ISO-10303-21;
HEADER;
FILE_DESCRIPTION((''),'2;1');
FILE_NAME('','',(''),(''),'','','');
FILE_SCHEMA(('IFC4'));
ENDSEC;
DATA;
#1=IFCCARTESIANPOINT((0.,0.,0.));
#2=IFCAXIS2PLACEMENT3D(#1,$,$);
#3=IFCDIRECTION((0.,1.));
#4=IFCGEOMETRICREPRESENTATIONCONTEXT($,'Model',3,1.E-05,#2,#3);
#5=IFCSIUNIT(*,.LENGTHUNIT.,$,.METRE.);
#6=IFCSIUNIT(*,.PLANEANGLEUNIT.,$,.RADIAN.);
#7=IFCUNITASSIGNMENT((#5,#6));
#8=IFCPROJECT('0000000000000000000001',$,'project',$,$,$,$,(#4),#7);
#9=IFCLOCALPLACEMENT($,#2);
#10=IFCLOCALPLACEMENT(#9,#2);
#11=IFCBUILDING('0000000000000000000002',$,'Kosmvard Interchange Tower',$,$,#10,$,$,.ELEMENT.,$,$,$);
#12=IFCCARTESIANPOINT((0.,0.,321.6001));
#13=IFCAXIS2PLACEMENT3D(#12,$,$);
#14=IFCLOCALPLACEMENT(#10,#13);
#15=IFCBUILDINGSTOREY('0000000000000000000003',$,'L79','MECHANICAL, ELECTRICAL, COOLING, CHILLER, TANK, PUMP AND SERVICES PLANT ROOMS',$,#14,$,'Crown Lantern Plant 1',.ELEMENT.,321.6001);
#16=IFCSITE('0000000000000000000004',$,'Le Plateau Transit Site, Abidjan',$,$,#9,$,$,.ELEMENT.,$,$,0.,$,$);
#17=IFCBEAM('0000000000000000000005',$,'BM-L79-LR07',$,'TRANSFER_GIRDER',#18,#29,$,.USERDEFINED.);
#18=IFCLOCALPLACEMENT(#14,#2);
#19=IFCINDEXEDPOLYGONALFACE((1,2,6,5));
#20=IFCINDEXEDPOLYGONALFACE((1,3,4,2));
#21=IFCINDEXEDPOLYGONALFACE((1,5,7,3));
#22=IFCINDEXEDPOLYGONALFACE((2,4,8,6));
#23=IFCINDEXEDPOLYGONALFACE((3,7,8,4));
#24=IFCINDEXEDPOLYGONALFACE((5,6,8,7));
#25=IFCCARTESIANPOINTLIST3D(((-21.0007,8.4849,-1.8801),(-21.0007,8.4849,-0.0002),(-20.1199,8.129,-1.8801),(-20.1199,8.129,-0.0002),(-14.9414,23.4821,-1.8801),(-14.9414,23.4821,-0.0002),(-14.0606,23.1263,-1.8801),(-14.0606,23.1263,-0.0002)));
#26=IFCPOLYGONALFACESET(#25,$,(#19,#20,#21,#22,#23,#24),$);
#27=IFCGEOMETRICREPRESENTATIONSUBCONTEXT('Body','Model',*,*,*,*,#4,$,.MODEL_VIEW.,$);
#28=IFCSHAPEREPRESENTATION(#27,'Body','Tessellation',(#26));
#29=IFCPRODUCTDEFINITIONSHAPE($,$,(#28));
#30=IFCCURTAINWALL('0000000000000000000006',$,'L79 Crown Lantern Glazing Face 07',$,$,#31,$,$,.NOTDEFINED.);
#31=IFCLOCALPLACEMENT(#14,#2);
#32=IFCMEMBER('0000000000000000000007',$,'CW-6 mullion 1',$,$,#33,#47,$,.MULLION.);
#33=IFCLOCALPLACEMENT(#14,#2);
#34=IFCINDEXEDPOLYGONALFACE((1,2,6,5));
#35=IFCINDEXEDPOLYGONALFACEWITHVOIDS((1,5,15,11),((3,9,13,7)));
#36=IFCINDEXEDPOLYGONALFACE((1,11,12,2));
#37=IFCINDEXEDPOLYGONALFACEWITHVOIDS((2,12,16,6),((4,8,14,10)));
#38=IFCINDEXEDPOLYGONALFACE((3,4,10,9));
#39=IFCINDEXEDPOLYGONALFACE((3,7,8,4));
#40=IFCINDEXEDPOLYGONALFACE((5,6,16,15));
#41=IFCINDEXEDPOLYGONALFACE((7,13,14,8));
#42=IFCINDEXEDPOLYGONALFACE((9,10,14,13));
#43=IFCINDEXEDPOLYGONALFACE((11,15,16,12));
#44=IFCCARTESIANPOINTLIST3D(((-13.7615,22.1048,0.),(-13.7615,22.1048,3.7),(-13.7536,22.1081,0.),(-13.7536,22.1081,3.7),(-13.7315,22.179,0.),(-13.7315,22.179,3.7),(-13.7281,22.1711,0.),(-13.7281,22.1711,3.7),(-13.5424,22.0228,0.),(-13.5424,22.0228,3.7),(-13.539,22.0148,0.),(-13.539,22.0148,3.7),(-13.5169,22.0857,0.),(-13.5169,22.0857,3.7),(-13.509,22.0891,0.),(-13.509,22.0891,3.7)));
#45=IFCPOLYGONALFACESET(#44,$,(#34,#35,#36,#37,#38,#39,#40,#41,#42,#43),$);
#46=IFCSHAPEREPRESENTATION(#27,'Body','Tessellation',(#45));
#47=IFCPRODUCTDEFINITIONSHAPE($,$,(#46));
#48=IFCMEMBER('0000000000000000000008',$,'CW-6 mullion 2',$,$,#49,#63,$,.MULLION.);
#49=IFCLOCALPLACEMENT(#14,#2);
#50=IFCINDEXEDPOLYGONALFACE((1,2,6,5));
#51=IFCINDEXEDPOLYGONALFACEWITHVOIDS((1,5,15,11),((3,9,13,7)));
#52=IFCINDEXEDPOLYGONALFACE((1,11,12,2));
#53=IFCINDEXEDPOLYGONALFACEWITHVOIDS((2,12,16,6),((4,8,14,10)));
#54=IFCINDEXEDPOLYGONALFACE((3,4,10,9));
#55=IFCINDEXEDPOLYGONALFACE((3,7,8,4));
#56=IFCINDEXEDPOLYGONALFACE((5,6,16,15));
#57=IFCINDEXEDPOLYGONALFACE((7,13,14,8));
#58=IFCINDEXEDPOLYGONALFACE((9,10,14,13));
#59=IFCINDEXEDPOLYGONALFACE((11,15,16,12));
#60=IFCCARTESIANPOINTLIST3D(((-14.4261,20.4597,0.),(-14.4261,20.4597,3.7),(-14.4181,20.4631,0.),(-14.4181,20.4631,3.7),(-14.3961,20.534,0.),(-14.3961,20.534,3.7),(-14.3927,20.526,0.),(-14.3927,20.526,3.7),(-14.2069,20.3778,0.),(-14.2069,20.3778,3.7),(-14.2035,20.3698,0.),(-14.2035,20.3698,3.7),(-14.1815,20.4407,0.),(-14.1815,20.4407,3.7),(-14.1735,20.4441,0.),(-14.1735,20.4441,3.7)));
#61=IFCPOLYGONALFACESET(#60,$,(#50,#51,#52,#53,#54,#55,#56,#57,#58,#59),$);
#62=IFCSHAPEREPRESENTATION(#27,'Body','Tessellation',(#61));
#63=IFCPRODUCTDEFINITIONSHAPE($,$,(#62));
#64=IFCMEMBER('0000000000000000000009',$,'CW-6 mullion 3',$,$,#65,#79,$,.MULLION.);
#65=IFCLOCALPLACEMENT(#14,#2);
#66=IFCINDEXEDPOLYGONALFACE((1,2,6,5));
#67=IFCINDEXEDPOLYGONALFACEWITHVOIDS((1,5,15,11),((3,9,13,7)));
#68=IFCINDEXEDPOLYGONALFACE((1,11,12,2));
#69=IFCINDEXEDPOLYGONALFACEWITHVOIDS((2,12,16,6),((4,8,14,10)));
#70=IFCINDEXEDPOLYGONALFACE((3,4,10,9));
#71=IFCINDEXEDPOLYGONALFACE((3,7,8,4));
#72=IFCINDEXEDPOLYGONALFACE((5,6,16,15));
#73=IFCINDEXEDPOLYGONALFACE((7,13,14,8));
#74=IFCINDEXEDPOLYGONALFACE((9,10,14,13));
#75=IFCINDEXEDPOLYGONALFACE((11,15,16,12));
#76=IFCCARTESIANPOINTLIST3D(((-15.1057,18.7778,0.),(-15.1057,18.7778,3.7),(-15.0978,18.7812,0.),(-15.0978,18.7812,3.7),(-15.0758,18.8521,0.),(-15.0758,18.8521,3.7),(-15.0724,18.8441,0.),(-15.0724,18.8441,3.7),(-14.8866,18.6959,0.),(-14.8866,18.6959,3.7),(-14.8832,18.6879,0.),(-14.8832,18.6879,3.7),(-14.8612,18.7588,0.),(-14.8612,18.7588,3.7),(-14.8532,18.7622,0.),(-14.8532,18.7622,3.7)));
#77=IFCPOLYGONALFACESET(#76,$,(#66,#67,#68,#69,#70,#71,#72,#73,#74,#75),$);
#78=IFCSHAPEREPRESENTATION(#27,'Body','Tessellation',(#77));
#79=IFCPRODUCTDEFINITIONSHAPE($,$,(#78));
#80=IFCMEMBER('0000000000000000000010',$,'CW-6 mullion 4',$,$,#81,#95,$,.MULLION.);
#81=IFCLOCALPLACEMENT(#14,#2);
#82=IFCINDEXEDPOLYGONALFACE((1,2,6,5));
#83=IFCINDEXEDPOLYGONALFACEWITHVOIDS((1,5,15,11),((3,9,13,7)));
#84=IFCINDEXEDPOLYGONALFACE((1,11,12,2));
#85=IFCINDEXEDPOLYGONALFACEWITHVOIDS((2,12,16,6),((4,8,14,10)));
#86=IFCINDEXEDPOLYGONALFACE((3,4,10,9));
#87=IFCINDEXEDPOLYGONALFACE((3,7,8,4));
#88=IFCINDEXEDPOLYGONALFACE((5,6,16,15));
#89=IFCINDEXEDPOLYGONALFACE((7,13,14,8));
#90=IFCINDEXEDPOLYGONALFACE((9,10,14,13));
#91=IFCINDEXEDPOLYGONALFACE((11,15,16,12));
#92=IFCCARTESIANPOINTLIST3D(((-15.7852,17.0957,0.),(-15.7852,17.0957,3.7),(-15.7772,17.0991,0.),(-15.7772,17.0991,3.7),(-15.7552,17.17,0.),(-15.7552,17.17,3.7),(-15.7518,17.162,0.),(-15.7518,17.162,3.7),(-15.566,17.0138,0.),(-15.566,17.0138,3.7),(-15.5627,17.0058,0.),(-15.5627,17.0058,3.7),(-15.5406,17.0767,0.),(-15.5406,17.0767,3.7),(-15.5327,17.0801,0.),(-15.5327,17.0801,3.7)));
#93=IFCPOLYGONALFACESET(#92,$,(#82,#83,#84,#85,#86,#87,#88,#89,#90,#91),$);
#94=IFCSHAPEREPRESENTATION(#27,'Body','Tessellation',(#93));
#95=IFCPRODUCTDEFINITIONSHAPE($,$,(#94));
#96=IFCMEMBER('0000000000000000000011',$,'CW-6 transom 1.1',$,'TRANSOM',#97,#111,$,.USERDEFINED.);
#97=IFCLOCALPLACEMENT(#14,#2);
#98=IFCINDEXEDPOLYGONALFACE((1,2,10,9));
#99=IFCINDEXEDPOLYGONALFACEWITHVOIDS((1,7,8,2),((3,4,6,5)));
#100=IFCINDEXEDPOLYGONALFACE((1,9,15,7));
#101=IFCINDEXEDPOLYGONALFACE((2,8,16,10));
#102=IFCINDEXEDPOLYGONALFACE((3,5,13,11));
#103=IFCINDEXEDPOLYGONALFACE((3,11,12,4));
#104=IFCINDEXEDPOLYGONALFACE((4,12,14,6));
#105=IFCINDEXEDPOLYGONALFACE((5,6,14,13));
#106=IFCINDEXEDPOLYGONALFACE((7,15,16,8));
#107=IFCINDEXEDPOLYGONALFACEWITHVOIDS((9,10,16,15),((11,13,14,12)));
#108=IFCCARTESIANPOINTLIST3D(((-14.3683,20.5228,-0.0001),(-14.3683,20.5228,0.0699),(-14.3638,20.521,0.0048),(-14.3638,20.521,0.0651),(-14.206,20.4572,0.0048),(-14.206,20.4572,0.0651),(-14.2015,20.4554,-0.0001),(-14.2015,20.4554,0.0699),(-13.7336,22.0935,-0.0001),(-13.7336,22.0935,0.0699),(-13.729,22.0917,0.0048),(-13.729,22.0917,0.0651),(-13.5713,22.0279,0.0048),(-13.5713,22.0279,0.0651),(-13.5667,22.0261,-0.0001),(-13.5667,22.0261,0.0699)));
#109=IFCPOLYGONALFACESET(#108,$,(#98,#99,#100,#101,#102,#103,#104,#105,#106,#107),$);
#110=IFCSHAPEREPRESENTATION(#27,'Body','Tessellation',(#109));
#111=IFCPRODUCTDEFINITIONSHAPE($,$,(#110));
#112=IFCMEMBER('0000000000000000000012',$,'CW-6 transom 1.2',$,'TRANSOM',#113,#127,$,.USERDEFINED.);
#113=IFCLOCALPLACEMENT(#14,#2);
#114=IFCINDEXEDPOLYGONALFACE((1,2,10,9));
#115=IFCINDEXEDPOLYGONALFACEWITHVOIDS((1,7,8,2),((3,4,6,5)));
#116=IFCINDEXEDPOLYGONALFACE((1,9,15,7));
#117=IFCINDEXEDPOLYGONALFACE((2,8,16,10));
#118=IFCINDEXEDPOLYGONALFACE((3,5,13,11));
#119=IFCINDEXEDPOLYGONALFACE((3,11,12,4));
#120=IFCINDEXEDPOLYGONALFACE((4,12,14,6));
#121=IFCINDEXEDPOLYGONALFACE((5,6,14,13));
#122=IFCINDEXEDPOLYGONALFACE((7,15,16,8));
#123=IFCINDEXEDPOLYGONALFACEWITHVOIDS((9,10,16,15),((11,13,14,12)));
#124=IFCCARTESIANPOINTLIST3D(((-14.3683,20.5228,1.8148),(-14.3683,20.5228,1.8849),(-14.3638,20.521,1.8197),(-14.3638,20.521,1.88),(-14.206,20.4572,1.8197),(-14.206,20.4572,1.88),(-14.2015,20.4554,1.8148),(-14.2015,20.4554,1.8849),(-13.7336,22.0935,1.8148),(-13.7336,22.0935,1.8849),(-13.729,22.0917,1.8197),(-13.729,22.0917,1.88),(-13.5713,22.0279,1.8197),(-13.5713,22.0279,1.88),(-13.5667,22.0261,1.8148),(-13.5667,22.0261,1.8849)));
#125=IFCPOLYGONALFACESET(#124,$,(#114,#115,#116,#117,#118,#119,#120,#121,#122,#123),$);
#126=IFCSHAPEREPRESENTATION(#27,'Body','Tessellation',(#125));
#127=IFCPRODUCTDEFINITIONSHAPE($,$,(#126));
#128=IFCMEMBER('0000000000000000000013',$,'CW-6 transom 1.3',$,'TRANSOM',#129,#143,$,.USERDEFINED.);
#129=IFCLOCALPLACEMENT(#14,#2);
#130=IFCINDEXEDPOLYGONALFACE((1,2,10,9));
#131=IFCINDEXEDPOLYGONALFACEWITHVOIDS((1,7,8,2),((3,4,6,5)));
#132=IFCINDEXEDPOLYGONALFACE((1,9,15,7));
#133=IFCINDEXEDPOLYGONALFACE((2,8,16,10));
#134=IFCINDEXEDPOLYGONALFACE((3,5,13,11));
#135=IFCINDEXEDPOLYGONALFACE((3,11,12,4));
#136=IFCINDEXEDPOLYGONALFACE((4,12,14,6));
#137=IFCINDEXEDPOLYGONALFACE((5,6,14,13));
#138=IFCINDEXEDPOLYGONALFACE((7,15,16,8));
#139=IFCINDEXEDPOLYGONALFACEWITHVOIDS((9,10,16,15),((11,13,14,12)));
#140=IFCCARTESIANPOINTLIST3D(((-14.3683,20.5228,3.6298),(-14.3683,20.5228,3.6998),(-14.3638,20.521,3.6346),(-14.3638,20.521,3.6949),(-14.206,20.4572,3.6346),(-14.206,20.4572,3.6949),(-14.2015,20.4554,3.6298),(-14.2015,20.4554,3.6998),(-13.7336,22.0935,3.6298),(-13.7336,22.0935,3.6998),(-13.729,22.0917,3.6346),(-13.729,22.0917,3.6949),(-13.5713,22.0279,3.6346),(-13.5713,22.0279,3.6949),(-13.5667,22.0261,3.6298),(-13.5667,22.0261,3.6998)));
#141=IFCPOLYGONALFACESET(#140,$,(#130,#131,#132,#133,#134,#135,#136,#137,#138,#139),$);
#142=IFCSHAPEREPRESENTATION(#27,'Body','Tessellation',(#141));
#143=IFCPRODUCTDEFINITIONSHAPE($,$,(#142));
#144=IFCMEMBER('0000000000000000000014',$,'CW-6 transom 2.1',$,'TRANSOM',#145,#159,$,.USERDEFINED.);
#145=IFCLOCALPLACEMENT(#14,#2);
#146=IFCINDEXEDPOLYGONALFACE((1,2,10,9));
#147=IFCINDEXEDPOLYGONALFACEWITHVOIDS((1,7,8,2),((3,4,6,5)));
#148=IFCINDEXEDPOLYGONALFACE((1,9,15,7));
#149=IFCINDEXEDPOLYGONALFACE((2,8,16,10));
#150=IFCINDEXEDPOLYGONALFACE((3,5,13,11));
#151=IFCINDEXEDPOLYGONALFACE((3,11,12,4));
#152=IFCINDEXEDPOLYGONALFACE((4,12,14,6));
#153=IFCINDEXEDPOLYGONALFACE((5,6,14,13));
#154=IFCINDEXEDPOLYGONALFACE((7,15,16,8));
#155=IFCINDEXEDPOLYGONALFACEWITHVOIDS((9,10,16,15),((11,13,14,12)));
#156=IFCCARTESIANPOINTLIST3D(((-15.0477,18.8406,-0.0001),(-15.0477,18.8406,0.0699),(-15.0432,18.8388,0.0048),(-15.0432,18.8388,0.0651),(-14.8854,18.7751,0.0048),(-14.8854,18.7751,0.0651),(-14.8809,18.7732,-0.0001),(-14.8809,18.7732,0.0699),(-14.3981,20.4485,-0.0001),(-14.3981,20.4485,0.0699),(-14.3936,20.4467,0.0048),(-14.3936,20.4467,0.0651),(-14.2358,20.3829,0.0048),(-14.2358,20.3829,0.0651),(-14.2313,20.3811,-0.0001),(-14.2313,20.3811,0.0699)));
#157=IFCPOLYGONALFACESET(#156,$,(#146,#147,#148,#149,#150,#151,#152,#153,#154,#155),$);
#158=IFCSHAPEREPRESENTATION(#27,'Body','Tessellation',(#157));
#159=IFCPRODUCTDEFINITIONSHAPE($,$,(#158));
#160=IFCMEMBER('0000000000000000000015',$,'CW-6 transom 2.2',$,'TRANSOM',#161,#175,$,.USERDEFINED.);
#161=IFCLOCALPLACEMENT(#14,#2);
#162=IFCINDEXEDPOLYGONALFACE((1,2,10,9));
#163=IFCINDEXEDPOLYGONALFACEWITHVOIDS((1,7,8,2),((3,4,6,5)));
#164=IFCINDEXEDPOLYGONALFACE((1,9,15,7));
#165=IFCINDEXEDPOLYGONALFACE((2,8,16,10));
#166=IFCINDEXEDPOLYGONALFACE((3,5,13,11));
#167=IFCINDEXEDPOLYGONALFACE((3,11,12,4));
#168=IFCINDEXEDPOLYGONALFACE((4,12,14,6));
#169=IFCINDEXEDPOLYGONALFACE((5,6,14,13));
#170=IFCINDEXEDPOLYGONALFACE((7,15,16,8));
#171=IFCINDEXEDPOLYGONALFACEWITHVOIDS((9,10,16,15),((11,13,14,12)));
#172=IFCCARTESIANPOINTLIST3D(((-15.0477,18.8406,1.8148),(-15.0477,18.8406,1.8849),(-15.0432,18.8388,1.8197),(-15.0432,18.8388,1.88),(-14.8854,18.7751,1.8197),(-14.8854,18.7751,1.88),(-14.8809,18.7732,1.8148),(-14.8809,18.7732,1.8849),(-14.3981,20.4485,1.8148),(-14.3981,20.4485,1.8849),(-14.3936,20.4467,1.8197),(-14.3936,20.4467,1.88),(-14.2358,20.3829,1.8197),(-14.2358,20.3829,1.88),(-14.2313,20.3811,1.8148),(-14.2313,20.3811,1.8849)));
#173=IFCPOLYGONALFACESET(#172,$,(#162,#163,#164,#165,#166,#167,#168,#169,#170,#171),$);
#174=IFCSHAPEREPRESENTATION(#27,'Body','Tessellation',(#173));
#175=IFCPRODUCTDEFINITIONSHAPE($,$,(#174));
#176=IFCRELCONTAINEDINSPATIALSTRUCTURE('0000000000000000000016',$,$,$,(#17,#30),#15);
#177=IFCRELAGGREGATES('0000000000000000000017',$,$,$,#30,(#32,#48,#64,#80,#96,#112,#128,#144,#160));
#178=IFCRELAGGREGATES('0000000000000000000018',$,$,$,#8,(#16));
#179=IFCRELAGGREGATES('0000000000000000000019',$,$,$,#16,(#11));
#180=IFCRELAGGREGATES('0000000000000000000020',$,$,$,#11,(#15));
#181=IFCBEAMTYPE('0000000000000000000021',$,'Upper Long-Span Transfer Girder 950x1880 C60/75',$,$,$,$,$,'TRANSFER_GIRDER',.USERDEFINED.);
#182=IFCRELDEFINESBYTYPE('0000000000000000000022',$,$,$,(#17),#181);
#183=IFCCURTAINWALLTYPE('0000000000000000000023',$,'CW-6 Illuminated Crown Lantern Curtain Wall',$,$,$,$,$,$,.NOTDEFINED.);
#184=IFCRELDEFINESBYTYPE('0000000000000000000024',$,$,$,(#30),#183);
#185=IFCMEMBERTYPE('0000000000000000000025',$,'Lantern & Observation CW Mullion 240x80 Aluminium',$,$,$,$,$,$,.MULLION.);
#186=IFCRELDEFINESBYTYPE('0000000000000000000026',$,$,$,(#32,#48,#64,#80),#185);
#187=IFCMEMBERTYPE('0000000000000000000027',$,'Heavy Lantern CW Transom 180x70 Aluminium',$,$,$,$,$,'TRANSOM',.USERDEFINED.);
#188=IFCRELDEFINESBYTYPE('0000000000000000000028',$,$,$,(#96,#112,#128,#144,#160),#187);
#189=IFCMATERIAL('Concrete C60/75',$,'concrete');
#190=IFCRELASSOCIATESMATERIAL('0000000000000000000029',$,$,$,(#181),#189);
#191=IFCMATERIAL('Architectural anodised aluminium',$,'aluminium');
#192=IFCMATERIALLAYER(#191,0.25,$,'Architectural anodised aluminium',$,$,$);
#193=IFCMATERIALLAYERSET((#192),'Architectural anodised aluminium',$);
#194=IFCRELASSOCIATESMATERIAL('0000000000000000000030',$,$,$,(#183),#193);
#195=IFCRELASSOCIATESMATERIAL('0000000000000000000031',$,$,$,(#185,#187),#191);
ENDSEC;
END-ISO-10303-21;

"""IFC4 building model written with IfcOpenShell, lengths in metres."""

from ifc_helpers import new_model, si_unit, direction, frame, origin, origin_2d, place, context, subcontext, project, spatial, rectangle, hollow_rectangle, extrude, source, transform, mapped, material, layer, layer_set, material_profile, profile_set, type_object, element, aggregate, save


model = new_model("IFC4")

# Units and contexts
model_context = context("Model", 3, precision=1e-05, world=origin(), true_north=direction((0.0, 1.0)))
body_context = subcontext(model_context, "Body", "Model", "MODEL_VIEW")
ifc_project = project(units=[si_unit("LENGTHUNIT", "METRE"), si_unit("PLANEANGLEUNIT", "RADIAN")], contexts=[model_context])

# Site, building, storey
site_placement = place(None, origin())
site = spatial("IfcSite", under=ifc_project, at=site_placement, Name="Le Plateau Transit Site, Abidjan", CompositionType="ELEMENT", RefElevation=0.0)
building_placement = place(site_placement, origin())
building = spatial("IfcBuilding", under=site, at=building_placement, Name="Kosmvard Interchange Tower", CompositionType="ELEMENT")
storey_placement = place(building_placement, frame((0.0, 0.0, 321.6001)))
storey = spatial("IfcBuildingStorey", under=building, at=storey_placement, Name="L79", Description="MECHANICAL, ELECTRICAL, COOLING, CHILLER, TANK, PUMP AND SERVICES PLANT ROOMS", LongName="Crown Lantern Plant 1", CompositionType="ELEMENT", Elevation=321.6001)

# Beam
ifc_material_1 = material(Name="Concrete C60/75", Category="concrete")
ifc_material_profile_1 = material_profile(ifc_material_1, rectangle(XDim=0.95, YDim=1.8799, at=origin_2d()), Name="TG 950x1880")
ifc_profile_set_1 = profile_set([ifc_material_profile_1], Name="Concrete C60/75")
beam_type = type_object("IfcBeamType", Name="Upper Long-Span Transfer Girder 950x1880 C60/75", ElementType="TRANSFER_GIRDER", PredefinedType="USERDEFINED", material=ifc_profile_set_1)
shared_shape_1 = source(origin(), body_context, "Body", "SweptSolid", [
    extrude(rectangle(XDim=0.95, YDim=1.8799, at=origin_2d()), origin(), (0.0, 0.0, 1.0), 16.175),
])
beam_placement = place(storey_placement, frame((-14.501, 23.3042, -0.9402), z_axis=(-0.374608, -0.927183, 0.0), x_axis=(0.927183, -0.374608, 0.0)))
element("IfcBeam", 1, at=beam_placement, inside=storey, type_object=beam_type, Name="BM-L79-LR07", ObjectType="TRANSFER_GIRDER", PredefinedType="USERDEFINED", context=body_context, shape_type="MappedRepresentation", body=[
    mapped(shared_shape_1, transform((0.0, 0.0, 0.0), scale=1.0)),
])

# Curtain wall, members
ifc_material_2 = material(Name="Architectural anodised aluminium", Category="aluminium")
ifc_layer_1 = layer(ifc_material_2, 0.25, Name="Architectural anodised aluminium")
ifc_layer_set_1 = layer_set([ifc_layer_1], Name="Architectural anodised aluminium")
curtain_wall_type = type_object("IfcCurtainWallType", Name="CW-6 Illuminated Crown Lantern Curtain Wall", PredefinedType="NOTDEFINED", material=ifc_layer_set_1)
curtain_wall_placement = place(storey_placement, origin())
curtain_wall = element("IfcCurtainWall", 2, at=curtain_wall_placement, inside=storey, type_object=curtain_wall_type, Name="L79 Crown Lantern Glazing Face 07", PredefinedType="NOTDEFINED")
ifc_material_profile_2 = material_profile(ifc_material_2, hollow_rectangle(XDim=0.24, YDim=0.0801, WallThickness=0.0061, at=origin_2d()), Name="CWM 240x80x6")
ifc_profile_set_2 = profile_set([ifc_material_profile_2], Name="Architectural anodised aluminium")
member_type_1 = type_object("IfcMemberType", Name="Lantern & Observation CW Mullion 240x80 Aluminium", PredefinedType="MULLION", material=ifc_profile_set_2)
shared_shape_2 = source(origin(), body_context, "Body", "SweptSolid", [
    extrude(hollow_rectangle(XDim=0.24, YDim=0.0801, WallThickness=0.0061, at=origin_2d()), origin(), (0.0, 0.0, 1.0), 3.7),
])
member_1_placement = place(storey_placement, frame((-13.6353, 22.0969, 0.0), z_axis=(0.0, 0.0, 1.0), x_axis=(0.927184, -0.374607, 0.0)))
member_1 = element("IfcMember", 3, at=member_1_placement, type_object=member_type_1, Name="CW-6 mullion 1", PredefinedType="MULLION", context=body_context, shape_type="MappedRepresentation", body=[
    mapped(shared_shape_2, transform((0.0, 0.0, 0.0), scale=1.0)),
])
member_2_placement = place(storey_placement, frame((-14.2998, 20.4519, 0.0), z_axis=(0.0, 0.0, 1.0), x_axis=(0.927184, -0.374607, 0.0)))
member_2 = element("IfcMember", 4, at=member_2_placement, type_object=member_type_1, Name="CW-6 mullion 2", PredefinedType="MULLION", context=body_context, shape_type="MappedRepresentation", body=[
    mapped(shared_shape_2, transform((0.0, 0.0, 0.0), scale=1.0)),
])
member_3_placement = place(storey_placement, frame((-14.9795, 18.77, 0.0), z_axis=(0.0, 0.0, 1.0), x_axis=(0.927184, -0.374607, 0.0)))
member_3 = element("IfcMember", 5, at=member_3_placement, type_object=member_type_1, Name="CW-6 mullion 3", PredefinedType="MULLION", context=body_context, shape_type="MappedRepresentation", body=[
    mapped(shared_shape_2, transform((0.0, 0.0, 0.0), scale=1.0)),
])
member_4_placement = place(storey_placement, frame((-15.6589, 17.0879, 0.0), z_axis=(0.0, 0.0, 1.0), x_axis=(0.927184, -0.374607, 0.0)))
member_4 = element("IfcMember", 6, at=member_4_placement, type_object=member_type_1, Name="CW-6 mullion 4", PredefinedType="MULLION", context=body_context, shape_type="MappedRepresentation", body=[
    mapped(shared_shape_2, transform((0.0, 0.0, 0.0), scale=1.0)),
])
ifc_material_profile_3 = material_profile(ifc_material_2, hollow_rectangle(XDim=0.1799, YDim=0.0701, WallThickness=0.0049, at=origin_2d()), Name="CWT 180x70x5")
ifc_profile_set_3 = profile_set([ifc_material_profile_3], Name="Architectural anodised aluminium")
member_type_2 = type_object("IfcMemberType", Name="Heavy Lantern CW Transom 180x70 Aluminium", ElementType="TRANSOM", PredefinedType="USERDEFINED", material=ifc_profile_set_3)
shared_shape_3 = source(origin(), body_context, "Body", "SweptSolid", [
    extrude(hollow_rectangle(XDim=0.1799, YDim=0.0701, WallThickness=0.0049, at=origin_2d()), origin(), (0.0, 0.0, 1.0), 1.6941),
])
member_5_placement = place(storey_placement, frame((-13.6501, 22.0598, 0.0349), z_axis=(-0.374668, -0.927159, 0.0), x_axis=(0.927159, -0.374668, 0.0)))
member_5 = element("IfcMember", 7, at=member_5_placement, type_object=member_type_2, Name="CW-6 transom 1.1", ObjectType="TRANSOM", PredefinedType="USERDEFINED", context=body_context, shape_type="MappedRepresentation", body=[
    mapped(shared_shape_3, transform((0.0, 0.0, 0.0), scale=1.0)),
])
member_6_placement = place(storey_placement, frame((-13.6501, 22.0598, 1.8499), z_axis=(-0.374668, -0.927159, 0.0), x_axis=(0.927159, -0.374668, 0.0)))
member_6 = element("IfcMember", 8, at=member_6_placement, type_object=member_type_2, Name="CW-6 transom 1.2", ObjectType="TRANSOM", PredefinedType="USERDEFINED", context=body_context, shape_type="MappedRepresentation", body=[
    mapped(shared_shape_3, transform((0.0, 0.0, 0.0), scale=1.0)),
])
member_7_placement = place(storey_placement, frame((-13.6501, 22.0598, 3.6648), z_axis=(-0.374668, -0.927159, 0.0), x_axis=(0.927159, -0.374668, 0.0)))
member_7 = element("IfcMember", 9, at=member_7_placement, type_object=member_type_2, Name="CW-6 transom 1.3", ObjectType="TRANSOM", PredefinedType="USERDEFINED", context=body_context, shape_type="MappedRepresentation", body=[
    mapped(shared_shape_3, transform((0.0, 0.0, 0.0), scale=1.0)),
])
shared_shape_4 = source(origin(), body_context, "Body", "SweptSolid", [
    extrude(hollow_rectangle(XDim=0.1799, YDim=0.0701, WallThickness=0.0049, at=origin_2d()), origin(), (0.0, 0.0, 1.0), 1.7341),
])
member_8_placement = place(storey_placement, frame((-14.3147, 20.4148, 0.0349), z_axis=(-0.374617, -0.92718, 0.0), x_axis=(0.92718, -0.374617, 0.0)))
member_8 = element("IfcMember", 10, at=member_8_placement, type_object=member_type_2, Name="CW-6 transom 2.1", ObjectType="TRANSOM", PredefinedType="USERDEFINED", context=body_context, shape_type="MappedRepresentation", body=[
    mapped(shared_shape_4, transform((0.0, 0.0, 0.0), scale=1.0)),
])
member_9_placement = place(storey_placement, frame((-14.3147, 20.4148, 1.8499), z_axis=(-0.374617, -0.92718, 0.0), x_axis=(0.92718, -0.374617, 0.0)))
member_9 = element("IfcMember", 11, at=member_9_placement, type_object=member_type_2, Name="CW-6 transom 2.2", ObjectType="TRANSOM", PredefinedType="USERDEFINED", context=body_context, shape_type="MappedRepresentation", body=[
    mapped(shared_shape_4, transform((0.0, 0.0, 0.0), scale=1.0)),
])
aggregate(curtain_wall, [member_1, member_2, member_3, member_4, member_5, member_6, member_7, member_8, member_9])

save(model, "model.ifc")
